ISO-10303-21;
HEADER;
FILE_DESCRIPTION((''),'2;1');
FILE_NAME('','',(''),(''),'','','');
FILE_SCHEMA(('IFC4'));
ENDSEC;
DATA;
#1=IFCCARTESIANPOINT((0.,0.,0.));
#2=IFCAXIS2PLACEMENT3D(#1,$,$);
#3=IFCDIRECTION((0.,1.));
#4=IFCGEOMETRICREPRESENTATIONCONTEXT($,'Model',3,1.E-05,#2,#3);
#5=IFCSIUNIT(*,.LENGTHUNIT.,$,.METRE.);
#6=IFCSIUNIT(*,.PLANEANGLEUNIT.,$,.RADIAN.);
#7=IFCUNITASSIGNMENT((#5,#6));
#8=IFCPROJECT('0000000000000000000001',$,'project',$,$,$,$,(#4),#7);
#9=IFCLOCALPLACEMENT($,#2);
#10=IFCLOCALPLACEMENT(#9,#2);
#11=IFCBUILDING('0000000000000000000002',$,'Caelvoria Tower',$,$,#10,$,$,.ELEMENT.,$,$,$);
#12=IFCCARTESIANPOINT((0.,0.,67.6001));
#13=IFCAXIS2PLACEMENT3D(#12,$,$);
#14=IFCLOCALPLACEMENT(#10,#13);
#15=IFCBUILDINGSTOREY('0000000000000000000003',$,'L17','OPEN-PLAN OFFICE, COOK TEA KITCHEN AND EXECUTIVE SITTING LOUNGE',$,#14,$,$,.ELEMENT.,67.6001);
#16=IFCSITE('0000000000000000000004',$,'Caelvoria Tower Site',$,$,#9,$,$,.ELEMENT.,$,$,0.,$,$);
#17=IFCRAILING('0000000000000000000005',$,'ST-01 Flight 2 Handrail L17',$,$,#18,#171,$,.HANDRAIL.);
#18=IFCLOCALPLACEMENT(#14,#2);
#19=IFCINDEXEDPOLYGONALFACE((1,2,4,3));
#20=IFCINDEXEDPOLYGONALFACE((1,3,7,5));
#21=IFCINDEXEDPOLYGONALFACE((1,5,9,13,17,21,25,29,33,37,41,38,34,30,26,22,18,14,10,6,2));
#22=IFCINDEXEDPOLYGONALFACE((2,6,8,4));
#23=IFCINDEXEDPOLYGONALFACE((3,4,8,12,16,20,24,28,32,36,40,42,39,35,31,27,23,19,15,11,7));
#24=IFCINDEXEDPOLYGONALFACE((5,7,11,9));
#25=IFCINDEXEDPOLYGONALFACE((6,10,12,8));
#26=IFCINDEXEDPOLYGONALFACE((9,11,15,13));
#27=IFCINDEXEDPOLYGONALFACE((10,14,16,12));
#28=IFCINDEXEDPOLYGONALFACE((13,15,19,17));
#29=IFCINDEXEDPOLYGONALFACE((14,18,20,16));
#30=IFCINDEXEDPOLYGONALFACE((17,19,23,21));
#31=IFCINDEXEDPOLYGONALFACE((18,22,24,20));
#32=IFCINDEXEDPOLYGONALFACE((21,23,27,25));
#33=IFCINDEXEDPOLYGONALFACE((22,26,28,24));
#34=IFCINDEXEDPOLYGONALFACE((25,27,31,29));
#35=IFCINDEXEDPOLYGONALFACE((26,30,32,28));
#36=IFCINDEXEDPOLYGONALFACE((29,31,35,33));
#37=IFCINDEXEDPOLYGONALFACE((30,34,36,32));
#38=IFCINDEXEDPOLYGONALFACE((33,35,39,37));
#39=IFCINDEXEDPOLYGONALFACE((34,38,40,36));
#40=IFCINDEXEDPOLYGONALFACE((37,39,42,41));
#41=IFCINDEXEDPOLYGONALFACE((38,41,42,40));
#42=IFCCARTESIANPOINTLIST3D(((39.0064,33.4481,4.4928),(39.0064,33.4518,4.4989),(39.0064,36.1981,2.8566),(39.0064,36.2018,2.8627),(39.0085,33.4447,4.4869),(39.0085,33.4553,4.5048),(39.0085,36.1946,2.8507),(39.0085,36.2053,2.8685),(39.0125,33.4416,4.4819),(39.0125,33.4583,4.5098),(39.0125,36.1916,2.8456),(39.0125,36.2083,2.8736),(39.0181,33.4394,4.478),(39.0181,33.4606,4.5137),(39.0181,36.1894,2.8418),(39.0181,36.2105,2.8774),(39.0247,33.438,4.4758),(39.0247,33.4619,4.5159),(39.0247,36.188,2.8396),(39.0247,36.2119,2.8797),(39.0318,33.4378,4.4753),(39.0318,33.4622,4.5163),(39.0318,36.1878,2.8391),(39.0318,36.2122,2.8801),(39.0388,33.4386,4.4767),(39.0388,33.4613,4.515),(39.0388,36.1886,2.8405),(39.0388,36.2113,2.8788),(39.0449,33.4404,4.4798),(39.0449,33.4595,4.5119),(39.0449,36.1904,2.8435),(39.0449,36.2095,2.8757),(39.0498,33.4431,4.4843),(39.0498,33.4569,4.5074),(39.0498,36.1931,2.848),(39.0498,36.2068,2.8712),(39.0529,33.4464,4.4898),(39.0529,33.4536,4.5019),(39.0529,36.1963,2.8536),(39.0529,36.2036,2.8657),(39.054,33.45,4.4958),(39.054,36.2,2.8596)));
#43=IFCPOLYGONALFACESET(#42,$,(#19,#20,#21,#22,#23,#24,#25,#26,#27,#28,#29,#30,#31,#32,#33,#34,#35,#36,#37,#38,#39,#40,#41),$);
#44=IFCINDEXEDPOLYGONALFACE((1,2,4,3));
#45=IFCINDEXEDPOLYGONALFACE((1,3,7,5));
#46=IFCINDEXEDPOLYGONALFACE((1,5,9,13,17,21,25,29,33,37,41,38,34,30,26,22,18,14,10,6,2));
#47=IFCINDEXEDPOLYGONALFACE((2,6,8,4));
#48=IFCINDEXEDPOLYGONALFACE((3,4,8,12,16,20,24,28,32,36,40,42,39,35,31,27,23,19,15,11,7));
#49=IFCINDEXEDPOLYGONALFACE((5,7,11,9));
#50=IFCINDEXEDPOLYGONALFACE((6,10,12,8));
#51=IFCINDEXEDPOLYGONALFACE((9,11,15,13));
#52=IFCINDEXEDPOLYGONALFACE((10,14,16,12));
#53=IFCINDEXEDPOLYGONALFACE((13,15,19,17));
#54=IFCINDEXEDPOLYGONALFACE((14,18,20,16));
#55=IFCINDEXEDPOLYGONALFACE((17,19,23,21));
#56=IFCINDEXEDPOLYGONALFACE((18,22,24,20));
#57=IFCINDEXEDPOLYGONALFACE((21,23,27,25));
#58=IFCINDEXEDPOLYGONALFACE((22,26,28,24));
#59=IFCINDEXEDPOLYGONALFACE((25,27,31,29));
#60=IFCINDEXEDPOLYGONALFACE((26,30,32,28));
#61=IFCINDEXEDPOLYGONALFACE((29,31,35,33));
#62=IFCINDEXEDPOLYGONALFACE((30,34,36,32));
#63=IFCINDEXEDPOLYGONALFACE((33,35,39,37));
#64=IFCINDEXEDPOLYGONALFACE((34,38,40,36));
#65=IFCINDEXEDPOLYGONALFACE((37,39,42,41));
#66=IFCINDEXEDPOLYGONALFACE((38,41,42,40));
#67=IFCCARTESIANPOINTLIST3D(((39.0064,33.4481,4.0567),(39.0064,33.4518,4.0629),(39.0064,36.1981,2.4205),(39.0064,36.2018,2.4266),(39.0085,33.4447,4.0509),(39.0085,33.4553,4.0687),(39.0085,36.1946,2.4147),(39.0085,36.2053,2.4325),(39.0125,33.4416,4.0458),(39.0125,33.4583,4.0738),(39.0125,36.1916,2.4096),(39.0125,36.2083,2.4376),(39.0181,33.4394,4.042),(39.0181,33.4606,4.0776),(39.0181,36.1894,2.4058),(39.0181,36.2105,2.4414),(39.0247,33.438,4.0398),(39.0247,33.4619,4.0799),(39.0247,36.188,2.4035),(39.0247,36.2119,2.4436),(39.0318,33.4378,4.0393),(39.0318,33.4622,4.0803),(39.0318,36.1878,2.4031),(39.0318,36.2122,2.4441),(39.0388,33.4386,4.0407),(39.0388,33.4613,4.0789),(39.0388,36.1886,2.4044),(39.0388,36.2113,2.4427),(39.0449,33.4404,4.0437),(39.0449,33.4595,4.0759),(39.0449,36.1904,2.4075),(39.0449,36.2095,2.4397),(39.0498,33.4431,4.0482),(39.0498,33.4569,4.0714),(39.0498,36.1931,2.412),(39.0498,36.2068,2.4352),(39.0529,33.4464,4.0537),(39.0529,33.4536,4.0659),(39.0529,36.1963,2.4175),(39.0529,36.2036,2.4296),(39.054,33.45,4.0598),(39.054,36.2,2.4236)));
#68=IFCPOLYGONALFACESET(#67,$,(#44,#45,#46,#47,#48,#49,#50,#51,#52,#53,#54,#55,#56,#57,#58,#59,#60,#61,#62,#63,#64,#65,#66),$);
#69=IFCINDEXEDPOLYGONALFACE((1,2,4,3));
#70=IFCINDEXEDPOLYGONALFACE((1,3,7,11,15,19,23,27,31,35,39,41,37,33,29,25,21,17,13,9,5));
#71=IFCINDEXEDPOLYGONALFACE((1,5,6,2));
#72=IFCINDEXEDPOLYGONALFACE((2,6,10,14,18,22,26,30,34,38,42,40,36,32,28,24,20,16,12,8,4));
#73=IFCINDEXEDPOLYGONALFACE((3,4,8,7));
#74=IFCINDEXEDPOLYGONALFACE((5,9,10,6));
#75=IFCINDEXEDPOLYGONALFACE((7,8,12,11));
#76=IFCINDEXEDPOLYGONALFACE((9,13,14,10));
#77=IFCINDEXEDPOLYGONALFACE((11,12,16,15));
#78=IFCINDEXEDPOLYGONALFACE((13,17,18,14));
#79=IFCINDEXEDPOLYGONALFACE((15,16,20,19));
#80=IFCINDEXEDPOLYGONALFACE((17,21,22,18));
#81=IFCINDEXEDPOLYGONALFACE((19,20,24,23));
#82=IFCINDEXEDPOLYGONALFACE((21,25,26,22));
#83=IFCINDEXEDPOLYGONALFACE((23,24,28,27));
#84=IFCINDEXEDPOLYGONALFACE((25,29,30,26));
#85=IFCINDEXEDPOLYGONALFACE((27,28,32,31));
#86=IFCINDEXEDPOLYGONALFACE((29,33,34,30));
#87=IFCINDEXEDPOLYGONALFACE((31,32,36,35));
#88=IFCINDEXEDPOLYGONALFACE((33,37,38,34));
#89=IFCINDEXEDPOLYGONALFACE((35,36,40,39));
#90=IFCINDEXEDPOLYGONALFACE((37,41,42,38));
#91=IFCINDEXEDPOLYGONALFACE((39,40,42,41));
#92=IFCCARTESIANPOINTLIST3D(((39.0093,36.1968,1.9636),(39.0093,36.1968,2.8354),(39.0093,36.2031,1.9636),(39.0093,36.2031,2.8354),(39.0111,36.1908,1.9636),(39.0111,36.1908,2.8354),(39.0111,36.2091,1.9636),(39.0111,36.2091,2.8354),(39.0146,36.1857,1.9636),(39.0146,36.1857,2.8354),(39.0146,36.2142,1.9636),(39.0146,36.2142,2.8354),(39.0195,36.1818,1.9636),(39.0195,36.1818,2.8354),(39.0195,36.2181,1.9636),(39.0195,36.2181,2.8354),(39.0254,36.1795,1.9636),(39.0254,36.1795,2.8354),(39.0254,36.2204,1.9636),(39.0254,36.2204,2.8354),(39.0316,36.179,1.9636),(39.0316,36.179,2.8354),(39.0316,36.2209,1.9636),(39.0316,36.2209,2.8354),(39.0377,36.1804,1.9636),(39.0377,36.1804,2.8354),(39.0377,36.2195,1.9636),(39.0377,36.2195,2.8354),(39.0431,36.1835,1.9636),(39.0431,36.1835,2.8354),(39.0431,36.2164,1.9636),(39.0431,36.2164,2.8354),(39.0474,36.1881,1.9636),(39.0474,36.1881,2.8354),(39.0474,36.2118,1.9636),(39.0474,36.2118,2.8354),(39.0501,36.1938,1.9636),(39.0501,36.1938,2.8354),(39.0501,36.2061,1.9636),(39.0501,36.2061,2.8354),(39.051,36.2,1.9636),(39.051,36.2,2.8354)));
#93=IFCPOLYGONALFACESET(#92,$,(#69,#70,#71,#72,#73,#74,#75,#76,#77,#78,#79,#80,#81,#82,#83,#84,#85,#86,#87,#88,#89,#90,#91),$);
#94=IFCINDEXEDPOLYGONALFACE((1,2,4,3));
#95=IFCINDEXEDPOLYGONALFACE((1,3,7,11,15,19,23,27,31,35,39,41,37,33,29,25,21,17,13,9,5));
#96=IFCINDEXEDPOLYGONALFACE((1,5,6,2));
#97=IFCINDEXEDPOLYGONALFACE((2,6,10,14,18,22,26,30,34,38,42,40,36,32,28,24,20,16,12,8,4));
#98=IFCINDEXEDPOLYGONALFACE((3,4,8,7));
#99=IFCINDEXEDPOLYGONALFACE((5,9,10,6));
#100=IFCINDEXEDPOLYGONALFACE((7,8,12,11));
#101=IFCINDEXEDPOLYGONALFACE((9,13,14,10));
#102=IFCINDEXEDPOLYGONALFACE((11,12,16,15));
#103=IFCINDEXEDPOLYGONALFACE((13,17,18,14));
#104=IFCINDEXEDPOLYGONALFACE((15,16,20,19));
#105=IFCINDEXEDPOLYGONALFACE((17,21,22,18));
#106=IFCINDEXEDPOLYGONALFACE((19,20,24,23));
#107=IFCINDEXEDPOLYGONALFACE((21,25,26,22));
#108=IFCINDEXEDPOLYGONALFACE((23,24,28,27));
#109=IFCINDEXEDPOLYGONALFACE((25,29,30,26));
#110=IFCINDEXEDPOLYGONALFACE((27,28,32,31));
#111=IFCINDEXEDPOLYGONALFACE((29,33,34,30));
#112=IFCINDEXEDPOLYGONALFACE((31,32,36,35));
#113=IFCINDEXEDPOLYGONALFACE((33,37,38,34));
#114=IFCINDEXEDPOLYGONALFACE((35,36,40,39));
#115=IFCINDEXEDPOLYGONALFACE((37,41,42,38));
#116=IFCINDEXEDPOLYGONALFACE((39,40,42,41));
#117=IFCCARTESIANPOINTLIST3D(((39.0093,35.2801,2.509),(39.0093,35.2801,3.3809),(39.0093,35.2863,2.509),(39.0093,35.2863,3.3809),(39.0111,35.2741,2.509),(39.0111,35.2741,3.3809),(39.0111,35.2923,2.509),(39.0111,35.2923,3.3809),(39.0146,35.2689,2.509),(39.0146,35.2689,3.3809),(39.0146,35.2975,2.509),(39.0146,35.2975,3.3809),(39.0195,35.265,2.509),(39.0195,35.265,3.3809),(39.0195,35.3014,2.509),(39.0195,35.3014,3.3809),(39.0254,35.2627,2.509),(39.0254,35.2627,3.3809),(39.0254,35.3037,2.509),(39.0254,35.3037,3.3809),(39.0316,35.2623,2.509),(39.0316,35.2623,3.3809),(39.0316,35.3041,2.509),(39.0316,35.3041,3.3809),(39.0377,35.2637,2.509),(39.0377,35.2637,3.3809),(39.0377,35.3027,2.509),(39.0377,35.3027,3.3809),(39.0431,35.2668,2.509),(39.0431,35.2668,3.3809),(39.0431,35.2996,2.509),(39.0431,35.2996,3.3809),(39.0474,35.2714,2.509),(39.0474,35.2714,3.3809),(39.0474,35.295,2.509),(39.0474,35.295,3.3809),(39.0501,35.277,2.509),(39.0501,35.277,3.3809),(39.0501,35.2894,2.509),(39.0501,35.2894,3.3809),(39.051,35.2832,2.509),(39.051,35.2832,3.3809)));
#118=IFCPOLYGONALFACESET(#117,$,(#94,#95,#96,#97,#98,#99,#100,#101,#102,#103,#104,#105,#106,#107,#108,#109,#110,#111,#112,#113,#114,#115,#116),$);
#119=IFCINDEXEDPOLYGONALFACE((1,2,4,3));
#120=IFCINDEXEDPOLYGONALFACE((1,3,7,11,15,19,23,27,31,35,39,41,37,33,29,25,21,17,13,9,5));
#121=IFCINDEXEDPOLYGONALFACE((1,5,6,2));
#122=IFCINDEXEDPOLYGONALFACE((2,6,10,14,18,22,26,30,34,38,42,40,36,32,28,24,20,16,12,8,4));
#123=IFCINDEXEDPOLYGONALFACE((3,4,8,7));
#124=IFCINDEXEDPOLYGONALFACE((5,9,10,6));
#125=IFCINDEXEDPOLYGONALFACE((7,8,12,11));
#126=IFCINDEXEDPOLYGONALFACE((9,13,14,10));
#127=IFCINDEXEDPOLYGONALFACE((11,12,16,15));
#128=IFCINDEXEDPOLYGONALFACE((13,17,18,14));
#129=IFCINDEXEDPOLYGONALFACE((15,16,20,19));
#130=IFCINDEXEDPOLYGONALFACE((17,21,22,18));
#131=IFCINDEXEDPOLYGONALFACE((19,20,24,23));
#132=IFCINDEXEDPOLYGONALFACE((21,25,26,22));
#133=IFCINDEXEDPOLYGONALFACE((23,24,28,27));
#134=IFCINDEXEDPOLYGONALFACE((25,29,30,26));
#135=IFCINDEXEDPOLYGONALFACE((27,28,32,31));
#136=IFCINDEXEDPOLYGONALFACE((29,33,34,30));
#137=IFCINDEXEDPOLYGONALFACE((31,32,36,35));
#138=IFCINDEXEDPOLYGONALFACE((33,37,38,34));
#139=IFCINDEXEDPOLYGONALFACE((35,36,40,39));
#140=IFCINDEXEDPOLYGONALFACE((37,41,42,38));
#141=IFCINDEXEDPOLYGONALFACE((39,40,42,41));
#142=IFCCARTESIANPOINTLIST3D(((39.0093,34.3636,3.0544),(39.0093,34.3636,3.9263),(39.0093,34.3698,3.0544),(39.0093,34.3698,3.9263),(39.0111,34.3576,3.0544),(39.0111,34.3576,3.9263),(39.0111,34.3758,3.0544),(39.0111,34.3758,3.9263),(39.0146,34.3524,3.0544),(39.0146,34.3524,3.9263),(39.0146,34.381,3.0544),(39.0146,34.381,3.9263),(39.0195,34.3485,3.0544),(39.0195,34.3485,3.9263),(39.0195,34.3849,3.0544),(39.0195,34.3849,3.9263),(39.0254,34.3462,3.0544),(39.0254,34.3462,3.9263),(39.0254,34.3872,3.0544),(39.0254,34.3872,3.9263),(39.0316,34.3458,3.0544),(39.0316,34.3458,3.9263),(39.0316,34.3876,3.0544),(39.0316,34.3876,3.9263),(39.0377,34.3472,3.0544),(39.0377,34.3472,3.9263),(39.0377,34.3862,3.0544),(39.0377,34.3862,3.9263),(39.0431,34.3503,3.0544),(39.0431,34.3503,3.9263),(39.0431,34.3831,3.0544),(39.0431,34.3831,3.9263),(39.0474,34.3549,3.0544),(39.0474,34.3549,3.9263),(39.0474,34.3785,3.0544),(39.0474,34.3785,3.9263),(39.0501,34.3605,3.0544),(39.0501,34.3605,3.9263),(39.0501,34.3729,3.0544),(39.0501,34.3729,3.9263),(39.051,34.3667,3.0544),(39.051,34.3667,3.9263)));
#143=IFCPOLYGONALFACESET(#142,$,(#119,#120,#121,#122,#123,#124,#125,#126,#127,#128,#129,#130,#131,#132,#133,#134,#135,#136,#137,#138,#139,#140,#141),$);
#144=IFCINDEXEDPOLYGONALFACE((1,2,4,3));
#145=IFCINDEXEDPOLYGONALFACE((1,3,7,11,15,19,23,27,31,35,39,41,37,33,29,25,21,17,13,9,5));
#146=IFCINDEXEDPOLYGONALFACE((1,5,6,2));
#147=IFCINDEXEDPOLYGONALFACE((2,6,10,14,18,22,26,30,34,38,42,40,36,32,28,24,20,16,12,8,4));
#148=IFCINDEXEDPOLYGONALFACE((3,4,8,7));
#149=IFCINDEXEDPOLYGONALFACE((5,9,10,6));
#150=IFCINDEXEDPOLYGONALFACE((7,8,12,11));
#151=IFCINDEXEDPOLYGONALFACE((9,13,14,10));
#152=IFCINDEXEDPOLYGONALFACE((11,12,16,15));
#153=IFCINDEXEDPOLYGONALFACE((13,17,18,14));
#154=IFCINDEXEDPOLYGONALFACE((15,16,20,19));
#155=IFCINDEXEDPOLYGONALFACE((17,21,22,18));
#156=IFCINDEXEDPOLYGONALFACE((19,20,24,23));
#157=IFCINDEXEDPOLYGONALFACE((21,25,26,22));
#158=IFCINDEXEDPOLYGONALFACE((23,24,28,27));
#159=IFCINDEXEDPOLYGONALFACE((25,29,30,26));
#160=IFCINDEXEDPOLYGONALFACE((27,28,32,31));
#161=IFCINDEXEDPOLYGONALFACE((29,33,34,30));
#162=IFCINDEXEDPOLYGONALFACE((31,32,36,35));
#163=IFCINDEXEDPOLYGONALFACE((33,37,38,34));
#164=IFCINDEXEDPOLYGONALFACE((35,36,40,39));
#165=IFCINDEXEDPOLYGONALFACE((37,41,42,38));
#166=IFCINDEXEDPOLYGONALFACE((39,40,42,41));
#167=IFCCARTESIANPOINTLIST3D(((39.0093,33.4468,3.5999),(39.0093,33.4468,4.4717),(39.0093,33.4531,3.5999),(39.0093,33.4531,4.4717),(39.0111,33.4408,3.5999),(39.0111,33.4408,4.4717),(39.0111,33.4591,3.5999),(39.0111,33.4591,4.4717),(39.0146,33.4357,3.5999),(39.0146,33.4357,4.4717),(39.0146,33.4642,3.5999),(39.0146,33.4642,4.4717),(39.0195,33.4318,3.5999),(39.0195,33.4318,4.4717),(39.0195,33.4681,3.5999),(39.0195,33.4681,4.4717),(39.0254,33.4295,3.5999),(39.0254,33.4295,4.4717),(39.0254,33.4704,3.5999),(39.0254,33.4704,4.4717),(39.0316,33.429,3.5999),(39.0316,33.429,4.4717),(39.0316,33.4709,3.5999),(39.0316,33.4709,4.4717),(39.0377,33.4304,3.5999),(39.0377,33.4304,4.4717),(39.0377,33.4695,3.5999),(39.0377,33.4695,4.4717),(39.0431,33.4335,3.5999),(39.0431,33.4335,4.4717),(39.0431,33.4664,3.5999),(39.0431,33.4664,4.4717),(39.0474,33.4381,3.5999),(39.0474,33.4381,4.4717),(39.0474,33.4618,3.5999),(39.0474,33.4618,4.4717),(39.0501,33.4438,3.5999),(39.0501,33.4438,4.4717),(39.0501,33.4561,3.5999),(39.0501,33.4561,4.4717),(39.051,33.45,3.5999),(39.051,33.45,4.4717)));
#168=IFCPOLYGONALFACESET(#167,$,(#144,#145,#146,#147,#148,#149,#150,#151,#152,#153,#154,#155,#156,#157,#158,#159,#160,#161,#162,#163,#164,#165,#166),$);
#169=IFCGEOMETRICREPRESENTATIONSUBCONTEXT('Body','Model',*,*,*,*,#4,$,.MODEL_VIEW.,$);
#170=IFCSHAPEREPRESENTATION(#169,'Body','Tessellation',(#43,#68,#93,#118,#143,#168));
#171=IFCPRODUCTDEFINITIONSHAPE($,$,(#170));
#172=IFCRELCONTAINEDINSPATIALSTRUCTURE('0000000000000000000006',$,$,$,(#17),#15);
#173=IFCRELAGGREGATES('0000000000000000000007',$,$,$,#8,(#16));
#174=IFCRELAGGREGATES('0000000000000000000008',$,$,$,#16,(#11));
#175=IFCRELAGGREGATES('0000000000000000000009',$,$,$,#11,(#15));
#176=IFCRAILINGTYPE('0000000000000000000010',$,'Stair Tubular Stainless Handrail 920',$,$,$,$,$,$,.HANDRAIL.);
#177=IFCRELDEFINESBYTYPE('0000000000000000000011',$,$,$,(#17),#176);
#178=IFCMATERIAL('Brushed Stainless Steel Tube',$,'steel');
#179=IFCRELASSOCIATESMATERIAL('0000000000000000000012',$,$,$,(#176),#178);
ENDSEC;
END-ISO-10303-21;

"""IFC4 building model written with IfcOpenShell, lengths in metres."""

from ifc_helpers import new_model, si_unit, direction, frame, origin, origin_2d, place, context, subcontext, project, spatial, circle, extrude, material, type_object, element, save


model = new_model("IFC4")

# Units and contexts
model_context = context("Model", 3, precision=1e-05, world=origin(), true_north=direction((0.0, 1.0)))
body_context = subcontext(model_context, "Body", "Model", "MODEL_VIEW")
ifc_project = project(units=[si_unit("LENGTHUNIT", "METRE"), si_unit("PLANEANGLEUNIT", "RADIAN")], contexts=[model_context])

# Site, building, storey
site_placement = place(None, origin())
site = spatial("IfcSite", under=ifc_project, at=site_placement, Name="Caelvoria Tower Site", CompositionType="ELEMENT", RefElevation=0.0)
building_placement = place(site_placement, origin())
building = spatial("IfcBuilding", under=site, at=building_placement, Name="Caelvoria Tower", CompositionType="ELEMENT")
storey_placement = place(building_placement, frame((0.0, 0.0, 67.6001)))
storey = spatial("IfcBuildingStorey", under=building, at=storey_placement, Name="L17", Description="OPEN-PLAN OFFICE, COOK TEA KITCHEN AND EXECUTIVE SITTING LOUNGE", CompositionType="ELEMENT", Elevation=67.6001)

# Railing
ifc_material_1 = material(Name="Brushed Stainless Steel Tube", Category="steel")
railing_type_1 = type_object("IfcRailingType", Name="Stair Tubular Stainless Handrail 920", PredefinedType="HANDRAIL", material=ifc_material_1)
railing_1_placement = place(storey_placement, frame((39.03, 36.2, 1.9636)))
element("IfcRailing", 1, at=railing_1_placement, inside=storey, type_object=railing_type_1, Name="ST-01 Flight 2 Handrail L17", PredefinedType="HANDRAIL", context=body_context, shape_type="SweptSolid", body=[
    extrude(circle(Radius=0.0239, at=origin_2d()), frame((0.0, 0.0, 0.896), z_axis=(0.0, -0.859385, 0.511328), x_axis=(1.0, 0.0, 0.0)), (0.0, 0.0, 1.0), 3.2),
    extrude(circle(Radius=0.0239, at=origin_2d()), frame((0.0, 0.0, 0.46), z_axis=(0.0, -0.859385, 0.511328), x_axis=(1.0, 0.0, 0.0)), (0.0, 0.0, 1.0), 3.2),
    extrude(circle(Radius=0.021, at=origin_2d()), origin(), (0.0, 0.0, 1.0), 0.8718),
    extrude(circle(Radius=0.021, at=origin_2d()), frame((0.0, -0.9167, 0.5454)), (0.0, 0.0, 1.0), 0.8718),
    extrude(circle(Radius=0.021, at=origin_2d()), frame((0.0, -1.8333, 1.0908)), (0.0, 0.0, 1.0), 0.8718),
    extrude(circle(Radius=0.021, at=origin_2d()), frame((0.0, -2.75, 1.6362)), (0.0, 0.0, 1.0), 0.8718),
])

save(model, "model.ifc")
